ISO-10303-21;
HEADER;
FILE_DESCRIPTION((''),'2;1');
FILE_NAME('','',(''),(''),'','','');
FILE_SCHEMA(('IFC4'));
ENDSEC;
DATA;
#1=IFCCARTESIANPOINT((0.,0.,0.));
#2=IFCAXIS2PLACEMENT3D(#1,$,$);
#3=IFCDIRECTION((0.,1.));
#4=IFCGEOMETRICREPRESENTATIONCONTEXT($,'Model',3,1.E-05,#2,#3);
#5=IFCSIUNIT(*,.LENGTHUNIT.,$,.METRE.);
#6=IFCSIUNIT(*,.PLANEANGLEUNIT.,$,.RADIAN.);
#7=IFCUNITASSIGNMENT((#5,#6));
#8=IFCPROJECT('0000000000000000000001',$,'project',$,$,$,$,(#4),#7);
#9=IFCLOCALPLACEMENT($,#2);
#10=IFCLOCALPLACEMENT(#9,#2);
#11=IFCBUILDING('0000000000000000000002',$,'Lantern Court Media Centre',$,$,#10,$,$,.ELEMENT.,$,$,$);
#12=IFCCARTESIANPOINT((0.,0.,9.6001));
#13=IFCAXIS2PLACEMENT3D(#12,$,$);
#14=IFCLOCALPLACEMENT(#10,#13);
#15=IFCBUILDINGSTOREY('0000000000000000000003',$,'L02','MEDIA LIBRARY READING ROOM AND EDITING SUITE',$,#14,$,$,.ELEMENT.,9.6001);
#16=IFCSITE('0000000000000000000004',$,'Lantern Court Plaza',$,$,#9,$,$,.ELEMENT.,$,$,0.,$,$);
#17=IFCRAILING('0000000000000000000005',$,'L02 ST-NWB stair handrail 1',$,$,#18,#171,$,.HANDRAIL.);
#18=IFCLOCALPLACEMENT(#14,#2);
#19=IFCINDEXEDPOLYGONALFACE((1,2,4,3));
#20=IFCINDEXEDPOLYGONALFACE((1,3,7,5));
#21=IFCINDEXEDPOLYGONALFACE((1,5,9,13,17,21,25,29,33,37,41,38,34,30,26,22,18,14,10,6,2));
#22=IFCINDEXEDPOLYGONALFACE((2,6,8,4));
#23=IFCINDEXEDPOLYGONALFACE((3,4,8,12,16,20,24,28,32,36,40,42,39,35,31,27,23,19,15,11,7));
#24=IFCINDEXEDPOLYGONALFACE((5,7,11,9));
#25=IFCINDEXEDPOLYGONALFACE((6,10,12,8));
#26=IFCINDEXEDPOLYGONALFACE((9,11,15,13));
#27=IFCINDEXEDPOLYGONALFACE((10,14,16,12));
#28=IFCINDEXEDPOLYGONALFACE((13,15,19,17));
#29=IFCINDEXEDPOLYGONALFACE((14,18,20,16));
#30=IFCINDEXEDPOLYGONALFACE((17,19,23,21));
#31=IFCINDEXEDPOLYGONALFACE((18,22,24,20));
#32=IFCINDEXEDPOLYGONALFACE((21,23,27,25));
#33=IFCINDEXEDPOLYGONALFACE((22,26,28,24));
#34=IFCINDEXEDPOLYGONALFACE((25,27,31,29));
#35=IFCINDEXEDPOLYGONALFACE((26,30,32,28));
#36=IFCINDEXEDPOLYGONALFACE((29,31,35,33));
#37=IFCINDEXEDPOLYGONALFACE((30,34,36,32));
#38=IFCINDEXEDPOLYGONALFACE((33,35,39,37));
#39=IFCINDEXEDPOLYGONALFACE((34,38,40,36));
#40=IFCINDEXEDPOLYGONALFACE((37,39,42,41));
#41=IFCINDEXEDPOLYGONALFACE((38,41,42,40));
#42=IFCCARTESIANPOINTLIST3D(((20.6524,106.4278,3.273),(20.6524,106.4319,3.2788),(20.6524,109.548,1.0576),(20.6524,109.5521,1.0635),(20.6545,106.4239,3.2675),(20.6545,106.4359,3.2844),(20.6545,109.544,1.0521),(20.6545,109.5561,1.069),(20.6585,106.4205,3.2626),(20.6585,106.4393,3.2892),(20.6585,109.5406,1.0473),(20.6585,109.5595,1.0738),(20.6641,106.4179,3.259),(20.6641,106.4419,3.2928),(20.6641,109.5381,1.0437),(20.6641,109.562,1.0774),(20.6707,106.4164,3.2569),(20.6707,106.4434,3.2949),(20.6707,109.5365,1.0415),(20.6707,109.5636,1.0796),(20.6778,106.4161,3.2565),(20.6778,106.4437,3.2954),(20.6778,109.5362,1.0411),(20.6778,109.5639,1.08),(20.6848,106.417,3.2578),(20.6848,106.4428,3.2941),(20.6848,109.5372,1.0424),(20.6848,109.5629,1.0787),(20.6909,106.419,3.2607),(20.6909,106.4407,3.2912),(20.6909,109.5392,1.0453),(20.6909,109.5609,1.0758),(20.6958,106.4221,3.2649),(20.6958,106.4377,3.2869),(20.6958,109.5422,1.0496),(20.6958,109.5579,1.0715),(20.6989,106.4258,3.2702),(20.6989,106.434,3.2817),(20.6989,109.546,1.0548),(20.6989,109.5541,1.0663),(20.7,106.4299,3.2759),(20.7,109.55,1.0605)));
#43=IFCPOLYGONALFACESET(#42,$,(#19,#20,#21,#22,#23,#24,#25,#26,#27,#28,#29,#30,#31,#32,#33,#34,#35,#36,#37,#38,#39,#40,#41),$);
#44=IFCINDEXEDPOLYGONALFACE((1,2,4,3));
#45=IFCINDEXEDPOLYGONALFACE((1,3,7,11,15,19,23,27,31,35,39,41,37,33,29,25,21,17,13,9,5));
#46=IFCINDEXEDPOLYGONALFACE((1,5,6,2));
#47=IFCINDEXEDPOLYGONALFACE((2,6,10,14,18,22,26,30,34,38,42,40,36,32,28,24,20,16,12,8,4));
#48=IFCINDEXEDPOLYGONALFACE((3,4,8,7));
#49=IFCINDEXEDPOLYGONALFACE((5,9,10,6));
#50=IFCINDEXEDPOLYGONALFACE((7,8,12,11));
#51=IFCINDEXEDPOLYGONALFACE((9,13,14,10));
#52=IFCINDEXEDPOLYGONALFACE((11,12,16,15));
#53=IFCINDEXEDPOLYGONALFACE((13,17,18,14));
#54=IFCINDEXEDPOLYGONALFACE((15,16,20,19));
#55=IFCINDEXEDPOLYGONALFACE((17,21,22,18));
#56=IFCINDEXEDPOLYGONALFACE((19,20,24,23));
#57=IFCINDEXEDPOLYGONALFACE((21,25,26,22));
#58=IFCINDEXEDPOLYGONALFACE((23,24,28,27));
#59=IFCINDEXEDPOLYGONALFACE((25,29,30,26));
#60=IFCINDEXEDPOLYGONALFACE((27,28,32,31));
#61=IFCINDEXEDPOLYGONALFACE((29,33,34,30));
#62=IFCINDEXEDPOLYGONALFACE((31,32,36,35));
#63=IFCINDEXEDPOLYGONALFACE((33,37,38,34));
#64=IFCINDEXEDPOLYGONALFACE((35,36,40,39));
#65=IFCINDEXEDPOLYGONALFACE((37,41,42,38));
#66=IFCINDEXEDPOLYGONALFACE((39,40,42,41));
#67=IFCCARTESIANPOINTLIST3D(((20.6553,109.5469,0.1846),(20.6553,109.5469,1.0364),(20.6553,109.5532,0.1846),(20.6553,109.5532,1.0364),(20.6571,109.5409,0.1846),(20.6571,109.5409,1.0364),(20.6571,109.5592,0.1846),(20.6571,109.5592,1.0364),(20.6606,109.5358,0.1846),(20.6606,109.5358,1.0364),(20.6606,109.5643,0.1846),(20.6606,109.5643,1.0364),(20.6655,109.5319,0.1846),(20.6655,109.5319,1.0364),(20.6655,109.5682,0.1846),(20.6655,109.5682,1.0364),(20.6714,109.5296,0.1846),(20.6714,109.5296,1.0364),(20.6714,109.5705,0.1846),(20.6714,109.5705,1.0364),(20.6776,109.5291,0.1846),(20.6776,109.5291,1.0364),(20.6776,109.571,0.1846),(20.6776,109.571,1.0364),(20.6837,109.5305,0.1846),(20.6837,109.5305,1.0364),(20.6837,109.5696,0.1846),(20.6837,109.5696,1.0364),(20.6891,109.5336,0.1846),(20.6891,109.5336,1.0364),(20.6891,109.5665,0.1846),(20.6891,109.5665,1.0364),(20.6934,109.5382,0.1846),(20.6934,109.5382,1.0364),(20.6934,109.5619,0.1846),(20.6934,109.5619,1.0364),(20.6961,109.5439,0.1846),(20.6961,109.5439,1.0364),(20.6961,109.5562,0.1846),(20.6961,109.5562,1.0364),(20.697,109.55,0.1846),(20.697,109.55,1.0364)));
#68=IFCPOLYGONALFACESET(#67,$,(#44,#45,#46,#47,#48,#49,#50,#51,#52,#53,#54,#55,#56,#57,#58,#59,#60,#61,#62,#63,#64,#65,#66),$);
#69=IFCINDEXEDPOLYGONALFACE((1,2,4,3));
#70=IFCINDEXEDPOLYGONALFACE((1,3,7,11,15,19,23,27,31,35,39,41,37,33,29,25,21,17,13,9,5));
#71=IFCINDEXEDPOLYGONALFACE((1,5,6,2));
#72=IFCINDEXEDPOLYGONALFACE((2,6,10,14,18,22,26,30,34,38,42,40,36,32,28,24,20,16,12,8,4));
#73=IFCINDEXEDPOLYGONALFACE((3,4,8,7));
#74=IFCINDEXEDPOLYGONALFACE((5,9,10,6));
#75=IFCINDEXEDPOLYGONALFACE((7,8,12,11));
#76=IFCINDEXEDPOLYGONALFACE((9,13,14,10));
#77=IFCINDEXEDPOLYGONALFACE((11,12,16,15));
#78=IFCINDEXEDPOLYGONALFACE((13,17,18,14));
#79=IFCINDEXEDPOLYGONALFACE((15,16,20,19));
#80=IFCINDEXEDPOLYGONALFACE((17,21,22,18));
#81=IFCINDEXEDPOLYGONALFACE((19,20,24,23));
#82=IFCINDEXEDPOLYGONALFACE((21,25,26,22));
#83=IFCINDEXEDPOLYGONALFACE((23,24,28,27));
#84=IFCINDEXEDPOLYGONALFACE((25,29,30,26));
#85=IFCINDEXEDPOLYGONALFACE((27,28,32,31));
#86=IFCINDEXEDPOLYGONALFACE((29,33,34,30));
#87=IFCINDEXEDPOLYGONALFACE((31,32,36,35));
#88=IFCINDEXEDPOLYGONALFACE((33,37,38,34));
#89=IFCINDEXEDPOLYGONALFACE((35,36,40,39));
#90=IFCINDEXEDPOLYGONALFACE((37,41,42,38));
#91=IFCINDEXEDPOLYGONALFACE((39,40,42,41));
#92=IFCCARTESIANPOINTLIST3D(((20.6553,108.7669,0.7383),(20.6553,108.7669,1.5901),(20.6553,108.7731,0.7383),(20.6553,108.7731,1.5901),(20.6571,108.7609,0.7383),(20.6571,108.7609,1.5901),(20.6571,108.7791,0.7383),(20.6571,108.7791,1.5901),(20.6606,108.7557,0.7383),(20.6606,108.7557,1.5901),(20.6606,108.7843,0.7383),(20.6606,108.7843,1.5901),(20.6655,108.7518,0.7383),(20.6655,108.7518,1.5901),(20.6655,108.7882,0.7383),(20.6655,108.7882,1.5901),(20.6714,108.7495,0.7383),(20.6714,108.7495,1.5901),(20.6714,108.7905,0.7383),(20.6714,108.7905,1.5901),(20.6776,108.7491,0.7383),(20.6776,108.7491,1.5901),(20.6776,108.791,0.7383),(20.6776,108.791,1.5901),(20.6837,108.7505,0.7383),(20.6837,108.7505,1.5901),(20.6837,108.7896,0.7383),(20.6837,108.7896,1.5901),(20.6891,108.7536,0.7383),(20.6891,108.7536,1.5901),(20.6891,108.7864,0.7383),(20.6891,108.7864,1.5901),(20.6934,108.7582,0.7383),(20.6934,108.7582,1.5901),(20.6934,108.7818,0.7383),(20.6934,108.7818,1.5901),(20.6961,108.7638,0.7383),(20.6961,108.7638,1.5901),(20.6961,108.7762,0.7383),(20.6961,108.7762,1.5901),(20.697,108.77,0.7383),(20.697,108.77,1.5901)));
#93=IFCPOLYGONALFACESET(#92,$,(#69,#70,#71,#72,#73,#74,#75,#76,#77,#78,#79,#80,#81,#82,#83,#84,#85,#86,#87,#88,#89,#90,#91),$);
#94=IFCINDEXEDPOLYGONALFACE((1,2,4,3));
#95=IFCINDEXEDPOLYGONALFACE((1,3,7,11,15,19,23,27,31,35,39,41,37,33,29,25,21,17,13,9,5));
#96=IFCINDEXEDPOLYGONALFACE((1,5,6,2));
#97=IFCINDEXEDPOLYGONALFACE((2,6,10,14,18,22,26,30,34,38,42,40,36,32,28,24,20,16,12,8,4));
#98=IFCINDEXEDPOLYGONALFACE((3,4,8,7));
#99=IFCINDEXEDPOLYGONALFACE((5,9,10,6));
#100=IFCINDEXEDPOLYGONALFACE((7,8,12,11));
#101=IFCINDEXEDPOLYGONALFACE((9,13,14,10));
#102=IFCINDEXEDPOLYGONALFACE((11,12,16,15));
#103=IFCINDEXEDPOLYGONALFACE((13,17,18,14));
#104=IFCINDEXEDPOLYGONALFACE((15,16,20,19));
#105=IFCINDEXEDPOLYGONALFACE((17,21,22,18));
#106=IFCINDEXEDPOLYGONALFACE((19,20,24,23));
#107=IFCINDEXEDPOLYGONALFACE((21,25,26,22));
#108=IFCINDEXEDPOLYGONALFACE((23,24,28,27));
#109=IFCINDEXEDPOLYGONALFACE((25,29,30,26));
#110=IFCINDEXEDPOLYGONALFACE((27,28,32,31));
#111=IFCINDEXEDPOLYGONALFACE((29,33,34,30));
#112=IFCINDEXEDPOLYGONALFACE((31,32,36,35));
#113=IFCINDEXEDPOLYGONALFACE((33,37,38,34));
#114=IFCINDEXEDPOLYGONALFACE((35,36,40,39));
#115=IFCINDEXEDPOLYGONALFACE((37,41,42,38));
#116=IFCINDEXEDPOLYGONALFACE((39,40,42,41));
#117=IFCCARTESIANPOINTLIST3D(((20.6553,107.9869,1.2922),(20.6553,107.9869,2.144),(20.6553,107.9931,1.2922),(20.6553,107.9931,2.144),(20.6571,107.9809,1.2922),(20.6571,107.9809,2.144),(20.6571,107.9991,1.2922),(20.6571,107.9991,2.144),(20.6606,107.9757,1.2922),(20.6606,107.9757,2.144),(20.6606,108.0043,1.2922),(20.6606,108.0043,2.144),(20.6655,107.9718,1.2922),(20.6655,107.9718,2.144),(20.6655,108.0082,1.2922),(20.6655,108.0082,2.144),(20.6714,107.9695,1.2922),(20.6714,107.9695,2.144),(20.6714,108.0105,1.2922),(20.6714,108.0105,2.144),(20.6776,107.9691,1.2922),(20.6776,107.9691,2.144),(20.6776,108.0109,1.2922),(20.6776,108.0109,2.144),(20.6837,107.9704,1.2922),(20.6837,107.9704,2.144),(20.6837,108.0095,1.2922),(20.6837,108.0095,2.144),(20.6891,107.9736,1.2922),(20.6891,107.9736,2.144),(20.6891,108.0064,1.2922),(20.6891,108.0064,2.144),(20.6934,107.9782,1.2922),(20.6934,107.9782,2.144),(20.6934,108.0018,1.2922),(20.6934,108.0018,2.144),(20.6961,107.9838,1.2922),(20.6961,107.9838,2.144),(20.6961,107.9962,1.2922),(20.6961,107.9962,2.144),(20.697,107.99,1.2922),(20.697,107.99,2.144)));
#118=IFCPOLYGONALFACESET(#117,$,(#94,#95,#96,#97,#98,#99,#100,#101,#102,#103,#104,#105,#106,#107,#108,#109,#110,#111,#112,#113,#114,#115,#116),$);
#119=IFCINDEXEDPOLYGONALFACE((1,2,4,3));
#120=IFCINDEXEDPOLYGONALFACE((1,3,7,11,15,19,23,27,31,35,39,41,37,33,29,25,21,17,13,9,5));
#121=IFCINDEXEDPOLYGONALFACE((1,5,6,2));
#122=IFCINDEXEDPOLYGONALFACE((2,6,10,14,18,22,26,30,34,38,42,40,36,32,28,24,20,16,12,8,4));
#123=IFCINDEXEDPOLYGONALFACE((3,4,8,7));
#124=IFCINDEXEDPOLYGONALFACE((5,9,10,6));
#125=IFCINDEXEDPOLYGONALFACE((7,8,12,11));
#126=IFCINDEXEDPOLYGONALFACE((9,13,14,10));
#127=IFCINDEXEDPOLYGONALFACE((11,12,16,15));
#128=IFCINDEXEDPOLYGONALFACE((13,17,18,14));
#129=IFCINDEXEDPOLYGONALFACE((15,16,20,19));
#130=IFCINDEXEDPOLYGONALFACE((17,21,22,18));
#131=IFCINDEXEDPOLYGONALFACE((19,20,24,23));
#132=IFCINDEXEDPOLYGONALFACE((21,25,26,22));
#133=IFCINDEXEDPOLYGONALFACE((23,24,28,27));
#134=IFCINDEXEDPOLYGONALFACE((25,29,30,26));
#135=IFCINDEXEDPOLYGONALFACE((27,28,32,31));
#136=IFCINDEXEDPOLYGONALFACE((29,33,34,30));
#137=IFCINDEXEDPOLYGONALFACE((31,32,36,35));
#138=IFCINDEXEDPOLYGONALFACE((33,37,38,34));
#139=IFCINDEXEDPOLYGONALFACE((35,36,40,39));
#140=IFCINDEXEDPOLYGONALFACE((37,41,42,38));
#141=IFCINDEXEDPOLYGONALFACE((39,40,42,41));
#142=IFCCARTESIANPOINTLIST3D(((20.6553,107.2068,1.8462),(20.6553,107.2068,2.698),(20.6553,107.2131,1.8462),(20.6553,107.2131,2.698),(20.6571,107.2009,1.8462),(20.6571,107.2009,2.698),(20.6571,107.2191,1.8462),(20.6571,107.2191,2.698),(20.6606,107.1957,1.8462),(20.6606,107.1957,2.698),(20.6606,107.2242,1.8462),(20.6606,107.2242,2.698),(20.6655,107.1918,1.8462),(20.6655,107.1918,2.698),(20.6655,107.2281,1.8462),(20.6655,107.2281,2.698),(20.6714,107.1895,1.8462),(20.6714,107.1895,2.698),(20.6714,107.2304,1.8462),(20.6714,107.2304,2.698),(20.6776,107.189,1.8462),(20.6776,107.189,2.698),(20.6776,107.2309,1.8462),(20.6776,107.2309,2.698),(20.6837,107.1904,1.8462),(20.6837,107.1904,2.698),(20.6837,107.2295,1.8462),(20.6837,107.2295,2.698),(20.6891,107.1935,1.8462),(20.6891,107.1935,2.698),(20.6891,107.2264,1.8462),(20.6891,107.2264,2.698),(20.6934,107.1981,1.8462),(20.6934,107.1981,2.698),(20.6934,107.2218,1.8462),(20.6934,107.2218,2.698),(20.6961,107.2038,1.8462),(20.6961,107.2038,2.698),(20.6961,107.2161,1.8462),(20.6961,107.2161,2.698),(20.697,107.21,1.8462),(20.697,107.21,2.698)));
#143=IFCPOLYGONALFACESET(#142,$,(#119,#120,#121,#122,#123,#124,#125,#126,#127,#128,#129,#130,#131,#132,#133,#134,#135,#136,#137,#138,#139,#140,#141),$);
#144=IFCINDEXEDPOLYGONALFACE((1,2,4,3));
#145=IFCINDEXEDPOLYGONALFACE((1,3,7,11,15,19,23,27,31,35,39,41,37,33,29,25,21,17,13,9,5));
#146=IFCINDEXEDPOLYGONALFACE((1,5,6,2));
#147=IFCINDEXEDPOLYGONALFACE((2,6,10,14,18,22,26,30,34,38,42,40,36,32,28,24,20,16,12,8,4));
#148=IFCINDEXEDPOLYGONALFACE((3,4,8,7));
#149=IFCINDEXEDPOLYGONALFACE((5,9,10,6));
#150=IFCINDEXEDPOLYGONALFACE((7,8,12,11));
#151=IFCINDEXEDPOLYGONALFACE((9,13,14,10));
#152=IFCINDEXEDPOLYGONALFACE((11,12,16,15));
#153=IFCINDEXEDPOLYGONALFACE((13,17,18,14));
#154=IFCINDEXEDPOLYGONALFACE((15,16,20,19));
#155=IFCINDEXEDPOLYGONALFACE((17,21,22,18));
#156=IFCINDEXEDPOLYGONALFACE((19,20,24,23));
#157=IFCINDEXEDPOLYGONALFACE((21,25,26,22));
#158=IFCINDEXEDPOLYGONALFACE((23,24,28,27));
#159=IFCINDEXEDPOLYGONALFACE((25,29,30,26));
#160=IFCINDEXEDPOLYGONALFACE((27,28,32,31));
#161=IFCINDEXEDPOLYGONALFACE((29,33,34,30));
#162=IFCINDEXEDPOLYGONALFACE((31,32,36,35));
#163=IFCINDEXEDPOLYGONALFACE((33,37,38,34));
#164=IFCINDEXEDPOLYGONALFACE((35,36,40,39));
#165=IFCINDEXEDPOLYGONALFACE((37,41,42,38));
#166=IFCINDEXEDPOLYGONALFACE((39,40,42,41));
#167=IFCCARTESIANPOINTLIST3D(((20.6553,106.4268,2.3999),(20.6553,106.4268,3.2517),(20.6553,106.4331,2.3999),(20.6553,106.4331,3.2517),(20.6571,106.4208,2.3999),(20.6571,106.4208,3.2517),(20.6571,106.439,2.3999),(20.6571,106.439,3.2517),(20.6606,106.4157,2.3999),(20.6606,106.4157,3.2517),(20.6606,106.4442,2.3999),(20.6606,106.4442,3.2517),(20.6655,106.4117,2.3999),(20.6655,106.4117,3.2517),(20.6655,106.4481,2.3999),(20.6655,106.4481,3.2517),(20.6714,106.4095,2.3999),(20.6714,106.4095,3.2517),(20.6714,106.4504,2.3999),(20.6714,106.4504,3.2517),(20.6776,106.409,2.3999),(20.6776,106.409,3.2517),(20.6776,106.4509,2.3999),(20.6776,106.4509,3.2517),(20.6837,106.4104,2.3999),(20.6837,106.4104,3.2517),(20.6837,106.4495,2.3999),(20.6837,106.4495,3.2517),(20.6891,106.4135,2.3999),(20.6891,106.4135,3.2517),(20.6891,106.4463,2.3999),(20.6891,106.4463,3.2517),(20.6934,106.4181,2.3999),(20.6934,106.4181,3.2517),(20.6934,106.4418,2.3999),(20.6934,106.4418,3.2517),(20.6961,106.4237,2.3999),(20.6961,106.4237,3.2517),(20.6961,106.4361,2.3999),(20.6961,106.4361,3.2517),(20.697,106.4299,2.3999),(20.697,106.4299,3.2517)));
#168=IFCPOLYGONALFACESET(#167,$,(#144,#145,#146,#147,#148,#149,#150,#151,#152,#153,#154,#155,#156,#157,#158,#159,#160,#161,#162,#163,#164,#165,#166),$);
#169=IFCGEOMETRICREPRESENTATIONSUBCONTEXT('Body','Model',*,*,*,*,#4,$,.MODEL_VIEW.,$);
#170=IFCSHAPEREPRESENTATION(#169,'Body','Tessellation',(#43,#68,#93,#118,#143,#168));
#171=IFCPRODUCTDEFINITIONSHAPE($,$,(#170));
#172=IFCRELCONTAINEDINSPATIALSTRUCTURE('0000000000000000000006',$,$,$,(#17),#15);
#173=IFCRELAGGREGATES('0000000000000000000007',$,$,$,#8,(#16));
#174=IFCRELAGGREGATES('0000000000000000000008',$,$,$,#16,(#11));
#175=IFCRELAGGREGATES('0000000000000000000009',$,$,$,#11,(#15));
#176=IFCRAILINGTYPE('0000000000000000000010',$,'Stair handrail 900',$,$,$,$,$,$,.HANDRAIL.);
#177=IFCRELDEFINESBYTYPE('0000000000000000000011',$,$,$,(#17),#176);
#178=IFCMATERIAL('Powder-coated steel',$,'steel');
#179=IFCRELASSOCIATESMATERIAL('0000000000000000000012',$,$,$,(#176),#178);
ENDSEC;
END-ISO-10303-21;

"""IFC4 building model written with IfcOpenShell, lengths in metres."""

from ifc_helpers import new_model, si_unit, direction, frame, origin, origin_2d, place, context, subcontext, project, spatial, circle, extrude, material, type_object, element, save


model = new_model("IFC4")

# Units and contexts
model_context = context("Model", 3, precision=1e-05, world=origin(), true_north=direction((0.0, 1.0)))
body_context = subcontext(model_context, "Body", "Model", "MODEL_VIEW")
ifc_project = project(units=[si_unit("LENGTHUNIT", "METRE"), si_unit("PLANEANGLEUNIT", "RADIAN")], contexts=[model_context])

# Site, building, storey
site_placement = place(None, origin())
site = spatial("IfcSite", under=ifc_project, at=site_placement, Name="Lantern Court Plaza", CompositionType="ELEMENT", RefElevation=0.0)
building_placement = place(site_placement, origin())
building = spatial("IfcBuilding", under=site, at=building_placement, Name="Lantern Court Media Centre", CompositionType="ELEMENT")
storey_placement = place(building_placement, frame((0.0, 0.0, 9.6001)))
storey = spatial("IfcBuildingStorey", under=building, at=storey_placement, Name="L02", Description="MEDIA LIBRARY READING ROOM AND EDITING SUITE", CompositionType="ELEMENT", Elevation=9.6001)

# Shared definitions
ifc_material_1 = material(Name="Powder-coated steel", Category="steel")

# Railing
railing_type_1 = type_object("IfcRailingType", Name="Stair handrail 900", PredefinedType="HANDRAIL", material=ifc_material_1)
railing_1_placement = place(storey_placement, frame((20.676, 109.55, 0.1846)))
element("IfcRailing", 1, at=railing_1_placement, inside=storey, type_object=railing_type_1, Name="L02 ST-NWB stair handrail 1", PredefinedType="HANDRAIL", context=body_context, shape_type="SweptSolid", body=[
    extrude(circle(Radius=0.0239, at=origin_2d()), frame((0.0, 0.0, 0.876), z_axis=(0.0, -0.815377, 0.57893), x_axis=(1.0, 0.0, 0.0)), (0.0, 0.0, 1.0), 3.8267),
    extrude(circle(Radius=0.021, at=origin_2d()), origin(), (0.0, 0.0, 1.0), 0.8518),
    extrude(circle(Radius=0.021, at=origin_2d()), frame((0.0, -0.78, 0.5537)), (0.0, 0.0, 1.0), 0.8518),
    extrude(circle(Radius=0.021, at=origin_2d()), frame((0.0, -1.5601, 1.1077)), (0.0, 0.0, 1.0), 0.8518),
    extrude(circle(Radius=0.021, at=origin_2d()), frame((0.0, -2.3401, 1.6616)), (0.0, 0.0, 1.0), 0.8518),
    extrude(circle(Radius=0.021, at=origin_2d()), frame((0.0, -3.1201, 2.2153)), (0.0, 0.0, 1.0), 0.8518),
])

save(model, "model.ifc")
